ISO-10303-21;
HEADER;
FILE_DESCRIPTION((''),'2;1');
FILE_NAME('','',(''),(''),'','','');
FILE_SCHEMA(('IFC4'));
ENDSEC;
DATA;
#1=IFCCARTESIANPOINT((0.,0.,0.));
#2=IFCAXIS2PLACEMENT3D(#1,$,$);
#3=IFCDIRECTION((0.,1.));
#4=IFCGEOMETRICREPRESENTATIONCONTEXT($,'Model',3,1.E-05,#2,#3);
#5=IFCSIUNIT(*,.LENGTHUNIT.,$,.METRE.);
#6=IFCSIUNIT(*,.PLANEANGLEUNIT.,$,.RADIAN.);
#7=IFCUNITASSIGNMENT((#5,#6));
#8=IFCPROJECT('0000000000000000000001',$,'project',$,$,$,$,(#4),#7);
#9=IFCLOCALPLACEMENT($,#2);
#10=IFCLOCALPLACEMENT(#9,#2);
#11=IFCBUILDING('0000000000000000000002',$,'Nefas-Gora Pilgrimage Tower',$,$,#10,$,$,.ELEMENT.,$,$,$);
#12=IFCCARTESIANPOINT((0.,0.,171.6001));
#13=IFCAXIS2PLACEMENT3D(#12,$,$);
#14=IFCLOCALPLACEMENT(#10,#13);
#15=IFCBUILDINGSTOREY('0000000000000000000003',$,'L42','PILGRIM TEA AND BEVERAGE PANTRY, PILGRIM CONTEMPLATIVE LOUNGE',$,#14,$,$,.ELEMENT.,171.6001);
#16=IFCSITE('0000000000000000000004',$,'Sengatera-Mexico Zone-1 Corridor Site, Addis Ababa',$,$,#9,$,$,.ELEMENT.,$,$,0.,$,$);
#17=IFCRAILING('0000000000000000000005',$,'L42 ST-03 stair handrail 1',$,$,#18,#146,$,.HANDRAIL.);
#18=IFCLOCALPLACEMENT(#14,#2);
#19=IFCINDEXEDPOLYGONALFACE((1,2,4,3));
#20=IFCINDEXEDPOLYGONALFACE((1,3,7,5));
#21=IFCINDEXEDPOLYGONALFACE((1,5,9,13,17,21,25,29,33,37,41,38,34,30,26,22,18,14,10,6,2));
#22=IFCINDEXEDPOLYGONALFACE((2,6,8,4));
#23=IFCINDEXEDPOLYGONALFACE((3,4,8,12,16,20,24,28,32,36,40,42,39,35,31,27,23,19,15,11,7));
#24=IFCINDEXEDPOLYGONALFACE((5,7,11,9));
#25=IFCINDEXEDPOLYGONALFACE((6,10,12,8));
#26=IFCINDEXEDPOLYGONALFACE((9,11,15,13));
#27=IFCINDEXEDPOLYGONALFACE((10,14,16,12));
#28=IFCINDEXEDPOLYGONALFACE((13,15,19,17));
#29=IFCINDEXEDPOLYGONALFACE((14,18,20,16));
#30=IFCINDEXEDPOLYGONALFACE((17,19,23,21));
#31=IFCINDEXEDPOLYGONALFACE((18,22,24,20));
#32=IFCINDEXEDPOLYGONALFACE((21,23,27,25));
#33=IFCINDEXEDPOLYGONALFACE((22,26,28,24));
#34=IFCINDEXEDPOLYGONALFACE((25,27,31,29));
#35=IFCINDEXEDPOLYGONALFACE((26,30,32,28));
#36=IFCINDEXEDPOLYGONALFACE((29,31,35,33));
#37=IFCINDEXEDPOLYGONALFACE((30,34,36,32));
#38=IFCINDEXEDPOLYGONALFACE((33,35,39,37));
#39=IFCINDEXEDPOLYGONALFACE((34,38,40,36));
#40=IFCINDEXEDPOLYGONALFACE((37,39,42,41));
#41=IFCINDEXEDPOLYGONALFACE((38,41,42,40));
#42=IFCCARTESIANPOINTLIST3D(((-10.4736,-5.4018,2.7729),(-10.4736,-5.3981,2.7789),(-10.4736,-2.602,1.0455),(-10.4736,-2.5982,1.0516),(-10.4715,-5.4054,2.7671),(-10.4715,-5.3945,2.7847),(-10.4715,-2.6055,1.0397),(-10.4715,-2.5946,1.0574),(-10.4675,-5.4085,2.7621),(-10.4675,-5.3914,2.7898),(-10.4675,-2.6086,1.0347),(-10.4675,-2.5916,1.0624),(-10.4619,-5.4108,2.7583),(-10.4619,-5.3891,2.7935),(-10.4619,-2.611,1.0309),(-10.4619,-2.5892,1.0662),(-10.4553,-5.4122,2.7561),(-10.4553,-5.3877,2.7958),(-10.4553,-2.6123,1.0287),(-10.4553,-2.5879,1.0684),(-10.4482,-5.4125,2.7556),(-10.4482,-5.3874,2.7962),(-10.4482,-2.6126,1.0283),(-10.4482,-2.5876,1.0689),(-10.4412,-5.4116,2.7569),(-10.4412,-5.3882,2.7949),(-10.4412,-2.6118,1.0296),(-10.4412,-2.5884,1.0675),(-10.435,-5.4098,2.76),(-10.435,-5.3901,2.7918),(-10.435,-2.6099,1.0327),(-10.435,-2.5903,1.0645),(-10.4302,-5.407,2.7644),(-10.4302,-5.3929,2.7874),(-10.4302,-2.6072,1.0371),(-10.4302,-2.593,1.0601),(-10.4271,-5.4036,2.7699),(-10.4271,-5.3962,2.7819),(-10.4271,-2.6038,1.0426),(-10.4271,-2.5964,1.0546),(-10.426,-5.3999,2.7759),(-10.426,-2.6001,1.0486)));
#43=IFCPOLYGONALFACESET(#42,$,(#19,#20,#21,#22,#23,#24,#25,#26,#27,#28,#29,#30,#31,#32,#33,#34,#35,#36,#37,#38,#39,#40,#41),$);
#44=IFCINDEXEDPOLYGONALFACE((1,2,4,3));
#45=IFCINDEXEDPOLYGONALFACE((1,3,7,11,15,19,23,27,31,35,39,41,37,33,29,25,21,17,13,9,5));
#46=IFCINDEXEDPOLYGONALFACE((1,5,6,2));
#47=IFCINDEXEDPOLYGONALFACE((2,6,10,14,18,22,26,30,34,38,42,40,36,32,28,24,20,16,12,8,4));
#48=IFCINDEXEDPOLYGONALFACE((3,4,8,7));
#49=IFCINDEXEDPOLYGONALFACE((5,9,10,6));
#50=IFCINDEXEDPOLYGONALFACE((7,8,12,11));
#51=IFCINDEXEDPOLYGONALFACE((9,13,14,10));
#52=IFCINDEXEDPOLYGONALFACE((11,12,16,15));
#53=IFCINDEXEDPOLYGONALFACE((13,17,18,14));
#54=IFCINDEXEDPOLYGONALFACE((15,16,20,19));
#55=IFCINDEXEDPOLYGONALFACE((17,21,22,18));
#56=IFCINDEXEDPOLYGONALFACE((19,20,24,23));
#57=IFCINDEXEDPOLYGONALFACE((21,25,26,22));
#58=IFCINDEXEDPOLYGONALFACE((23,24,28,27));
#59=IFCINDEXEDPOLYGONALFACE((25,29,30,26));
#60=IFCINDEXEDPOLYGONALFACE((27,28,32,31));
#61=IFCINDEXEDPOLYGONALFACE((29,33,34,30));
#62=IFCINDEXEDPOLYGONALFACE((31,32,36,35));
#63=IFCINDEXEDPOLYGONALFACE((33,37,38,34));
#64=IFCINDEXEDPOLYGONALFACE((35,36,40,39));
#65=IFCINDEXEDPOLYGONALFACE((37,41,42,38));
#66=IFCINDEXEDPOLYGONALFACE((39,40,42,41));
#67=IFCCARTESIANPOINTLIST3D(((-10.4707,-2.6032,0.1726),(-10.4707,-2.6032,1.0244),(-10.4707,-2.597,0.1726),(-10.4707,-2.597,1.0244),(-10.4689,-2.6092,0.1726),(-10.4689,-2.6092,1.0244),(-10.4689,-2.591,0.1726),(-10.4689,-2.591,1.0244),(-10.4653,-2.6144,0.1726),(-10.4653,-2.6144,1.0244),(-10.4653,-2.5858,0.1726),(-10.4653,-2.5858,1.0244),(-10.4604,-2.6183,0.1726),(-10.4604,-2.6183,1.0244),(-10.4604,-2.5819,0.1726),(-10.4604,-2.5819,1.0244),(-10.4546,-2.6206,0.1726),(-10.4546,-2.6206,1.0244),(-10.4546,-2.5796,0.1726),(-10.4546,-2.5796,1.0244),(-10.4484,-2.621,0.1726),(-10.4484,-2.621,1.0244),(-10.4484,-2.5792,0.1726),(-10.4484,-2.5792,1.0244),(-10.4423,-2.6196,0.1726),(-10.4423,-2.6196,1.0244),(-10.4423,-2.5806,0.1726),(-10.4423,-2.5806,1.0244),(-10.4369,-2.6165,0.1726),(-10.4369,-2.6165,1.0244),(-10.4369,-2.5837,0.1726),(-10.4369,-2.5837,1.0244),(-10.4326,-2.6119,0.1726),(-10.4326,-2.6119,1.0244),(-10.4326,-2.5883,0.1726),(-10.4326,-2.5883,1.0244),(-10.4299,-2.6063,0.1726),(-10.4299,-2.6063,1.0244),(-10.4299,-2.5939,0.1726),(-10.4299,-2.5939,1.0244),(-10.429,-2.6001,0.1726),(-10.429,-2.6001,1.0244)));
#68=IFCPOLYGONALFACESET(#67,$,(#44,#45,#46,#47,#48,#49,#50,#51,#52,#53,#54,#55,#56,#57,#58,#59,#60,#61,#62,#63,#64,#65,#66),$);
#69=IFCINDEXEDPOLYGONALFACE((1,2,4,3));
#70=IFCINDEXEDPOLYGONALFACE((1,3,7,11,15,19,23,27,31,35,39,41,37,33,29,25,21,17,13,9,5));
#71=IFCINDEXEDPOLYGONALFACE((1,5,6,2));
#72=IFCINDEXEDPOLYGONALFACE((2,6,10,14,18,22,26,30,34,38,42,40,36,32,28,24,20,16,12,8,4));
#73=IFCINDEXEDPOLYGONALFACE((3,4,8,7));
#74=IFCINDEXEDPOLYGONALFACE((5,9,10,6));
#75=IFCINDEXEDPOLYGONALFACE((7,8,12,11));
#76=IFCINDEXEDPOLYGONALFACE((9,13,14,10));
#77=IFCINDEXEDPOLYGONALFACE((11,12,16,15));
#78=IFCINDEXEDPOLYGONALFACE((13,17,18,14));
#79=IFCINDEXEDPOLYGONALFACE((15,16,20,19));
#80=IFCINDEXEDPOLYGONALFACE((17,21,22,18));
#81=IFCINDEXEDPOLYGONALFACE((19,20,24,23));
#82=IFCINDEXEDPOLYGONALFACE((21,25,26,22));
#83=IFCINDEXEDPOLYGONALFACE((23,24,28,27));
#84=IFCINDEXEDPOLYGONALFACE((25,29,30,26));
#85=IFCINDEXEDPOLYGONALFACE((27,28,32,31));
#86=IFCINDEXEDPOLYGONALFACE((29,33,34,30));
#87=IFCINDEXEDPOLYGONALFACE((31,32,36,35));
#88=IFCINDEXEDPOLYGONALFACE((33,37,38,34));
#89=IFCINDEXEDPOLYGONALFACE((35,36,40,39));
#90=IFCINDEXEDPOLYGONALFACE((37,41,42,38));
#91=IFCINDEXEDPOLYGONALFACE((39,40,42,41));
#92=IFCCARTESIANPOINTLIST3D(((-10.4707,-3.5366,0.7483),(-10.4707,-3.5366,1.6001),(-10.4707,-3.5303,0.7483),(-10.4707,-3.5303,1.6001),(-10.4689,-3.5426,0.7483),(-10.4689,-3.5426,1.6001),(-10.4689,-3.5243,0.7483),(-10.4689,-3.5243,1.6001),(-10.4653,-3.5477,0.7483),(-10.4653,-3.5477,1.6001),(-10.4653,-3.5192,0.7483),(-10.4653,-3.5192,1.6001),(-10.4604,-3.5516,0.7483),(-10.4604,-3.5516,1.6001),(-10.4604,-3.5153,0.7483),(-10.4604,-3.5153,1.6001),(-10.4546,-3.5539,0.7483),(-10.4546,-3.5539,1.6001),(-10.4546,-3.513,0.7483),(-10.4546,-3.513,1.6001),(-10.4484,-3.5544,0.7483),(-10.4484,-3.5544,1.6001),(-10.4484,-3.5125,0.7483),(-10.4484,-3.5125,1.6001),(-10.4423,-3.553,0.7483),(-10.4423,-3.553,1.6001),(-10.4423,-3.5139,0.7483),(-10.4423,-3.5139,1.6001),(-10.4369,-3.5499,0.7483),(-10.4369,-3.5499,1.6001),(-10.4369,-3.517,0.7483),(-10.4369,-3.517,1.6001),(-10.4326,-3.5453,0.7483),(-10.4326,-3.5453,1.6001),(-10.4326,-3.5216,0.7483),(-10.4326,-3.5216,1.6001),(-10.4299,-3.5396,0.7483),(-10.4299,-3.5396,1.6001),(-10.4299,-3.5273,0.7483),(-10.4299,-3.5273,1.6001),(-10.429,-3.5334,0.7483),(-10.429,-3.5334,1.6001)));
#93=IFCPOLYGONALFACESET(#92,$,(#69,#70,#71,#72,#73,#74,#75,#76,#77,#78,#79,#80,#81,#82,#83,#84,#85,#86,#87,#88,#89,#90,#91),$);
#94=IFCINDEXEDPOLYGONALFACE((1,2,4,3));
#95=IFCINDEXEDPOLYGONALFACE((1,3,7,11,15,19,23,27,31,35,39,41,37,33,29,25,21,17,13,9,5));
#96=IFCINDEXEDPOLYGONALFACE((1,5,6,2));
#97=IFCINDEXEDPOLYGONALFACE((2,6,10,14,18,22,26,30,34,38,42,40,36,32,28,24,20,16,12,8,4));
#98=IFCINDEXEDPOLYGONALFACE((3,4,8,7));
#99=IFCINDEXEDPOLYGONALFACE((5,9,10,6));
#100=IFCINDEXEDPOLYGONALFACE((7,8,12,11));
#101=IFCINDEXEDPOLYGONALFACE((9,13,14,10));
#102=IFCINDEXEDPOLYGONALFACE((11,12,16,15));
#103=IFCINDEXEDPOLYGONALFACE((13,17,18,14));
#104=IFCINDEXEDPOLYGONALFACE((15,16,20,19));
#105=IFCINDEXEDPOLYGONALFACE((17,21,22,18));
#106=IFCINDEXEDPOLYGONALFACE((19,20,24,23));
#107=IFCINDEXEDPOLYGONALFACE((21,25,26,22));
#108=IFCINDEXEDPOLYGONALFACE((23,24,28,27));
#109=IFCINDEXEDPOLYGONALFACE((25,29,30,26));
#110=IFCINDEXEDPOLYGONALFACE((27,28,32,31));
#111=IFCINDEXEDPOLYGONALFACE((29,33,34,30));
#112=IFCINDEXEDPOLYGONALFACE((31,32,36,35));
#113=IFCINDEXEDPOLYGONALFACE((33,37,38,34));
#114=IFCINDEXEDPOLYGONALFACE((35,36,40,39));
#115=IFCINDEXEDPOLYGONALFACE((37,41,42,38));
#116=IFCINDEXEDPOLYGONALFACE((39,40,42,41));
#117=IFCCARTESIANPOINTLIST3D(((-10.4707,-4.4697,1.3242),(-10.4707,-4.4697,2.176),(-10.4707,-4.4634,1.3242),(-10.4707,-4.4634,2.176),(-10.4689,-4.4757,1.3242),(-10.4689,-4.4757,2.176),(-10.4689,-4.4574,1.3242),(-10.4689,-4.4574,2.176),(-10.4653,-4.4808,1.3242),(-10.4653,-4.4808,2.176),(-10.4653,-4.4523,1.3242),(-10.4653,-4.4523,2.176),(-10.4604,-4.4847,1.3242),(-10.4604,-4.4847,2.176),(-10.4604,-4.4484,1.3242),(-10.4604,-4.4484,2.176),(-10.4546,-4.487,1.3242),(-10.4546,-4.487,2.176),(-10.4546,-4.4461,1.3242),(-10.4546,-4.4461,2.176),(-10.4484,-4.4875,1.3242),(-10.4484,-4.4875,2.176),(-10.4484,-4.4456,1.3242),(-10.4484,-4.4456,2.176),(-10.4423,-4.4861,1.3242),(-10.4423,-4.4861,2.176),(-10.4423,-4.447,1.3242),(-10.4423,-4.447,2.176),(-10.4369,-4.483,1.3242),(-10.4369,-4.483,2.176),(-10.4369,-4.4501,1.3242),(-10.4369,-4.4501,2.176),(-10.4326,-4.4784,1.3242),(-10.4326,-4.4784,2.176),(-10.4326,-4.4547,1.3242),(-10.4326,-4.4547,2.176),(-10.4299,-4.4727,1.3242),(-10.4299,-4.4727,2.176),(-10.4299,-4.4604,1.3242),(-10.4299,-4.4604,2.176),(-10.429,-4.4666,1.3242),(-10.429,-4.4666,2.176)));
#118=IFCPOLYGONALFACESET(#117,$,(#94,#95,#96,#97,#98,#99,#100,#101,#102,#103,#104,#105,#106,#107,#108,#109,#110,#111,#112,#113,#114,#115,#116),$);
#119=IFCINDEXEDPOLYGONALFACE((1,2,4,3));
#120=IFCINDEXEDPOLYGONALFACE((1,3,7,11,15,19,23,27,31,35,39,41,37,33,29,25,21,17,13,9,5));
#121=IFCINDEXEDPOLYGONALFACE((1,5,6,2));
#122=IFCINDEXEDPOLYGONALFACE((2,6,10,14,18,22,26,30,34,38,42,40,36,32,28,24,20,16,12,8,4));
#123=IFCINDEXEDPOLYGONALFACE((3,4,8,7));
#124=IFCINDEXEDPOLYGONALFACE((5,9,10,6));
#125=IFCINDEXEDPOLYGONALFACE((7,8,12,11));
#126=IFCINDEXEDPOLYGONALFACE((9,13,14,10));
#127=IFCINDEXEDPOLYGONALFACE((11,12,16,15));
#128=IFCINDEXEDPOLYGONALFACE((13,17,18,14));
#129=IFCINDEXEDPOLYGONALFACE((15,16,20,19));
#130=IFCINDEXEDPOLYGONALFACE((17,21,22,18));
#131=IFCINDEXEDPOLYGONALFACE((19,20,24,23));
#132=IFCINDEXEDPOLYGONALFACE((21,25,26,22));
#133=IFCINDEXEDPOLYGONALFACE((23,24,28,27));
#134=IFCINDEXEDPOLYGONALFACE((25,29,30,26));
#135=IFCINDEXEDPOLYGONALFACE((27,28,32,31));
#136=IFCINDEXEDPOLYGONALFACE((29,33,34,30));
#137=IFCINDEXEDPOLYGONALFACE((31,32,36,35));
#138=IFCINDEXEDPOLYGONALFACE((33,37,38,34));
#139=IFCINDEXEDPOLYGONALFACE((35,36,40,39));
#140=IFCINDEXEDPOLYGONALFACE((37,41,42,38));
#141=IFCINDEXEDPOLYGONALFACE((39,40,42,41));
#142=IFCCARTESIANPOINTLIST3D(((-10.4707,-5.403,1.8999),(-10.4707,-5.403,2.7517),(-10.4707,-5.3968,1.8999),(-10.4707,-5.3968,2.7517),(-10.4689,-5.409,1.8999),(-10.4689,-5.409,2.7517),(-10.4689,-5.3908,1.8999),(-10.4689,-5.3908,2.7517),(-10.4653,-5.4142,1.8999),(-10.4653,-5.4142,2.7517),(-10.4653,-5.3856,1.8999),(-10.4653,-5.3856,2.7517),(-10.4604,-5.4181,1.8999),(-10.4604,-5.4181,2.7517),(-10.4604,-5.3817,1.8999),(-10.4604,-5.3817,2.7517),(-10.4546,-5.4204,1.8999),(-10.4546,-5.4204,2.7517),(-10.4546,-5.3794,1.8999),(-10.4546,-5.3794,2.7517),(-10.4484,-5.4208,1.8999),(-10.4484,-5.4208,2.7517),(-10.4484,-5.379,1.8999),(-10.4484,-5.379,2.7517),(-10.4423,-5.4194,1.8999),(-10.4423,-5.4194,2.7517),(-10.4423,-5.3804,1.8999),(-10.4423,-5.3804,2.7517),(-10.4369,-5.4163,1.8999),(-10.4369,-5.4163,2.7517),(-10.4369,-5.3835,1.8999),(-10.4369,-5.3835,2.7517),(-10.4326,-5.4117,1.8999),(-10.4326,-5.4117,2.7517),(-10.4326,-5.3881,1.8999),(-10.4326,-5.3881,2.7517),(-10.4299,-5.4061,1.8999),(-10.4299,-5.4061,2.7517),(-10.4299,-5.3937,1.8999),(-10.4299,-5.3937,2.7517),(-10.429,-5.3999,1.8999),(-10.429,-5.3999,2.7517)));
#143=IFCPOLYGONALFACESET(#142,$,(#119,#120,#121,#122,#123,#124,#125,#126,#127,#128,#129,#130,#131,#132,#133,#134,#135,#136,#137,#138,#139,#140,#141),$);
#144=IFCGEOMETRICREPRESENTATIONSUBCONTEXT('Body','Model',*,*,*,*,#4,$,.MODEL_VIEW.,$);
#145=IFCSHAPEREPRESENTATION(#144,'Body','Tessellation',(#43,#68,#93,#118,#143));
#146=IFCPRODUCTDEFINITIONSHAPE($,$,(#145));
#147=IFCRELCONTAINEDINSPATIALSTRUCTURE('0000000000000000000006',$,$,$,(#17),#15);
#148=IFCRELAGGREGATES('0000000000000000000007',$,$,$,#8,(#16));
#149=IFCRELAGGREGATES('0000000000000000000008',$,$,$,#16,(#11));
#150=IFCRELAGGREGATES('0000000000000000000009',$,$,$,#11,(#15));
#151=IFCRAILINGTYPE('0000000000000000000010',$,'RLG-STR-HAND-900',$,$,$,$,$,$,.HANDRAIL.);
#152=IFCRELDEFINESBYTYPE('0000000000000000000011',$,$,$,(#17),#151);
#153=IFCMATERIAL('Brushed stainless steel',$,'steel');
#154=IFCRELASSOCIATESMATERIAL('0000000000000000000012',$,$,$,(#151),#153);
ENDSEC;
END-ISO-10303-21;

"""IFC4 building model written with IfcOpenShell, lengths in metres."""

from ifc_helpers import new_model, si_unit, direction, frame, origin, origin_2d, place, context, subcontext, project, spatial, circle, extrude, material, type_object, element, save


model = new_model("IFC4")

# Units and contexts
model_context = context("Model", 3, precision=1e-05, world=origin(), true_north=direction((0.0, 1.0)))
body_context = subcontext(model_context, "Body", "Model", "MODEL_VIEW")
ifc_project = project(units=[si_unit("LENGTHUNIT", "METRE"), si_unit("PLANEANGLEUNIT", "RADIAN")], contexts=[model_context])

# Site, building, storey
site_placement = place(None, origin())
site = spatial("IfcSite", under=ifc_project, at=site_placement, Name="Sengatera-Mexico Zone-1 Corridor Site, Addis Ababa", CompositionType="ELEMENT", RefElevation=0.0)
building_placement = place(site_placement, origin())
building = spatial("IfcBuilding", under=site, at=building_placement, Name="Nefas-Gora Pilgrimage Tower", CompositionType="ELEMENT")
storey_placement = place(building_placement, frame((0.0, 0.0, 171.6001)))
storey = spatial("IfcBuildingStorey", under=building, at=storey_placement, Name="L42", Description="PILGRIM TEA AND BEVERAGE PANTRY, PILGRIM CONTEMPLATIVE LOUNGE", CompositionType="ELEMENT", Elevation=171.6001)

# Railing
ifc_material_1 = material(Name="Brushed stainless steel", Category="steel")
railing_type_1 = type_object("IfcRailingType", Name="RLG-STR-HAND-900", PredefinedType="HANDRAIL", material=ifc_material_1)
railing_1_placement = place(storey_placement, frame((-10.45, -2.6001, 0.1726)))
element("IfcRailing", 1, at=railing_1_placement, inside=storey, type_object=railing_type_1, Name="L42 ST-03 stair handrail 1", PredefinedType="HANDRAIL", context=body_context, shape_type="SweptSolid", body=[
    extrude(circle(Radius=0.0239, at=origin_2d()), frame((0.0, 0.0, 0.876), z_axis=(0.0, -0.851069, 0.525054), x_axis=(1.0, 0.0, 0.0)), (0.0, 0.0, 1.0), 3.2898),
    extrude(circle(Radius=0.021, at=origin_2d()), origin(), (0.0, 0.0, 1.0), 0.8518),
    extrude(circle(Radius=0.021, at=origin_2d()), frame((0.0, -0.9333, 0.5757)), (0.0, 0.0, 1.0), 0.8518),
    extrude(circle(Radius=0.021, at=origin_2d()), frame((0.0, -1.8665, 1.1516)), (0.0, 0.0, 1.0), 0.8518),
    extrude(circle(Radius=0.021, at=origin_2d()), frame((0.0, -2.7998, 1.7273)), (0.0, 0.0, 1.0), 0.8518),
])

save(model, "model.ifc")
